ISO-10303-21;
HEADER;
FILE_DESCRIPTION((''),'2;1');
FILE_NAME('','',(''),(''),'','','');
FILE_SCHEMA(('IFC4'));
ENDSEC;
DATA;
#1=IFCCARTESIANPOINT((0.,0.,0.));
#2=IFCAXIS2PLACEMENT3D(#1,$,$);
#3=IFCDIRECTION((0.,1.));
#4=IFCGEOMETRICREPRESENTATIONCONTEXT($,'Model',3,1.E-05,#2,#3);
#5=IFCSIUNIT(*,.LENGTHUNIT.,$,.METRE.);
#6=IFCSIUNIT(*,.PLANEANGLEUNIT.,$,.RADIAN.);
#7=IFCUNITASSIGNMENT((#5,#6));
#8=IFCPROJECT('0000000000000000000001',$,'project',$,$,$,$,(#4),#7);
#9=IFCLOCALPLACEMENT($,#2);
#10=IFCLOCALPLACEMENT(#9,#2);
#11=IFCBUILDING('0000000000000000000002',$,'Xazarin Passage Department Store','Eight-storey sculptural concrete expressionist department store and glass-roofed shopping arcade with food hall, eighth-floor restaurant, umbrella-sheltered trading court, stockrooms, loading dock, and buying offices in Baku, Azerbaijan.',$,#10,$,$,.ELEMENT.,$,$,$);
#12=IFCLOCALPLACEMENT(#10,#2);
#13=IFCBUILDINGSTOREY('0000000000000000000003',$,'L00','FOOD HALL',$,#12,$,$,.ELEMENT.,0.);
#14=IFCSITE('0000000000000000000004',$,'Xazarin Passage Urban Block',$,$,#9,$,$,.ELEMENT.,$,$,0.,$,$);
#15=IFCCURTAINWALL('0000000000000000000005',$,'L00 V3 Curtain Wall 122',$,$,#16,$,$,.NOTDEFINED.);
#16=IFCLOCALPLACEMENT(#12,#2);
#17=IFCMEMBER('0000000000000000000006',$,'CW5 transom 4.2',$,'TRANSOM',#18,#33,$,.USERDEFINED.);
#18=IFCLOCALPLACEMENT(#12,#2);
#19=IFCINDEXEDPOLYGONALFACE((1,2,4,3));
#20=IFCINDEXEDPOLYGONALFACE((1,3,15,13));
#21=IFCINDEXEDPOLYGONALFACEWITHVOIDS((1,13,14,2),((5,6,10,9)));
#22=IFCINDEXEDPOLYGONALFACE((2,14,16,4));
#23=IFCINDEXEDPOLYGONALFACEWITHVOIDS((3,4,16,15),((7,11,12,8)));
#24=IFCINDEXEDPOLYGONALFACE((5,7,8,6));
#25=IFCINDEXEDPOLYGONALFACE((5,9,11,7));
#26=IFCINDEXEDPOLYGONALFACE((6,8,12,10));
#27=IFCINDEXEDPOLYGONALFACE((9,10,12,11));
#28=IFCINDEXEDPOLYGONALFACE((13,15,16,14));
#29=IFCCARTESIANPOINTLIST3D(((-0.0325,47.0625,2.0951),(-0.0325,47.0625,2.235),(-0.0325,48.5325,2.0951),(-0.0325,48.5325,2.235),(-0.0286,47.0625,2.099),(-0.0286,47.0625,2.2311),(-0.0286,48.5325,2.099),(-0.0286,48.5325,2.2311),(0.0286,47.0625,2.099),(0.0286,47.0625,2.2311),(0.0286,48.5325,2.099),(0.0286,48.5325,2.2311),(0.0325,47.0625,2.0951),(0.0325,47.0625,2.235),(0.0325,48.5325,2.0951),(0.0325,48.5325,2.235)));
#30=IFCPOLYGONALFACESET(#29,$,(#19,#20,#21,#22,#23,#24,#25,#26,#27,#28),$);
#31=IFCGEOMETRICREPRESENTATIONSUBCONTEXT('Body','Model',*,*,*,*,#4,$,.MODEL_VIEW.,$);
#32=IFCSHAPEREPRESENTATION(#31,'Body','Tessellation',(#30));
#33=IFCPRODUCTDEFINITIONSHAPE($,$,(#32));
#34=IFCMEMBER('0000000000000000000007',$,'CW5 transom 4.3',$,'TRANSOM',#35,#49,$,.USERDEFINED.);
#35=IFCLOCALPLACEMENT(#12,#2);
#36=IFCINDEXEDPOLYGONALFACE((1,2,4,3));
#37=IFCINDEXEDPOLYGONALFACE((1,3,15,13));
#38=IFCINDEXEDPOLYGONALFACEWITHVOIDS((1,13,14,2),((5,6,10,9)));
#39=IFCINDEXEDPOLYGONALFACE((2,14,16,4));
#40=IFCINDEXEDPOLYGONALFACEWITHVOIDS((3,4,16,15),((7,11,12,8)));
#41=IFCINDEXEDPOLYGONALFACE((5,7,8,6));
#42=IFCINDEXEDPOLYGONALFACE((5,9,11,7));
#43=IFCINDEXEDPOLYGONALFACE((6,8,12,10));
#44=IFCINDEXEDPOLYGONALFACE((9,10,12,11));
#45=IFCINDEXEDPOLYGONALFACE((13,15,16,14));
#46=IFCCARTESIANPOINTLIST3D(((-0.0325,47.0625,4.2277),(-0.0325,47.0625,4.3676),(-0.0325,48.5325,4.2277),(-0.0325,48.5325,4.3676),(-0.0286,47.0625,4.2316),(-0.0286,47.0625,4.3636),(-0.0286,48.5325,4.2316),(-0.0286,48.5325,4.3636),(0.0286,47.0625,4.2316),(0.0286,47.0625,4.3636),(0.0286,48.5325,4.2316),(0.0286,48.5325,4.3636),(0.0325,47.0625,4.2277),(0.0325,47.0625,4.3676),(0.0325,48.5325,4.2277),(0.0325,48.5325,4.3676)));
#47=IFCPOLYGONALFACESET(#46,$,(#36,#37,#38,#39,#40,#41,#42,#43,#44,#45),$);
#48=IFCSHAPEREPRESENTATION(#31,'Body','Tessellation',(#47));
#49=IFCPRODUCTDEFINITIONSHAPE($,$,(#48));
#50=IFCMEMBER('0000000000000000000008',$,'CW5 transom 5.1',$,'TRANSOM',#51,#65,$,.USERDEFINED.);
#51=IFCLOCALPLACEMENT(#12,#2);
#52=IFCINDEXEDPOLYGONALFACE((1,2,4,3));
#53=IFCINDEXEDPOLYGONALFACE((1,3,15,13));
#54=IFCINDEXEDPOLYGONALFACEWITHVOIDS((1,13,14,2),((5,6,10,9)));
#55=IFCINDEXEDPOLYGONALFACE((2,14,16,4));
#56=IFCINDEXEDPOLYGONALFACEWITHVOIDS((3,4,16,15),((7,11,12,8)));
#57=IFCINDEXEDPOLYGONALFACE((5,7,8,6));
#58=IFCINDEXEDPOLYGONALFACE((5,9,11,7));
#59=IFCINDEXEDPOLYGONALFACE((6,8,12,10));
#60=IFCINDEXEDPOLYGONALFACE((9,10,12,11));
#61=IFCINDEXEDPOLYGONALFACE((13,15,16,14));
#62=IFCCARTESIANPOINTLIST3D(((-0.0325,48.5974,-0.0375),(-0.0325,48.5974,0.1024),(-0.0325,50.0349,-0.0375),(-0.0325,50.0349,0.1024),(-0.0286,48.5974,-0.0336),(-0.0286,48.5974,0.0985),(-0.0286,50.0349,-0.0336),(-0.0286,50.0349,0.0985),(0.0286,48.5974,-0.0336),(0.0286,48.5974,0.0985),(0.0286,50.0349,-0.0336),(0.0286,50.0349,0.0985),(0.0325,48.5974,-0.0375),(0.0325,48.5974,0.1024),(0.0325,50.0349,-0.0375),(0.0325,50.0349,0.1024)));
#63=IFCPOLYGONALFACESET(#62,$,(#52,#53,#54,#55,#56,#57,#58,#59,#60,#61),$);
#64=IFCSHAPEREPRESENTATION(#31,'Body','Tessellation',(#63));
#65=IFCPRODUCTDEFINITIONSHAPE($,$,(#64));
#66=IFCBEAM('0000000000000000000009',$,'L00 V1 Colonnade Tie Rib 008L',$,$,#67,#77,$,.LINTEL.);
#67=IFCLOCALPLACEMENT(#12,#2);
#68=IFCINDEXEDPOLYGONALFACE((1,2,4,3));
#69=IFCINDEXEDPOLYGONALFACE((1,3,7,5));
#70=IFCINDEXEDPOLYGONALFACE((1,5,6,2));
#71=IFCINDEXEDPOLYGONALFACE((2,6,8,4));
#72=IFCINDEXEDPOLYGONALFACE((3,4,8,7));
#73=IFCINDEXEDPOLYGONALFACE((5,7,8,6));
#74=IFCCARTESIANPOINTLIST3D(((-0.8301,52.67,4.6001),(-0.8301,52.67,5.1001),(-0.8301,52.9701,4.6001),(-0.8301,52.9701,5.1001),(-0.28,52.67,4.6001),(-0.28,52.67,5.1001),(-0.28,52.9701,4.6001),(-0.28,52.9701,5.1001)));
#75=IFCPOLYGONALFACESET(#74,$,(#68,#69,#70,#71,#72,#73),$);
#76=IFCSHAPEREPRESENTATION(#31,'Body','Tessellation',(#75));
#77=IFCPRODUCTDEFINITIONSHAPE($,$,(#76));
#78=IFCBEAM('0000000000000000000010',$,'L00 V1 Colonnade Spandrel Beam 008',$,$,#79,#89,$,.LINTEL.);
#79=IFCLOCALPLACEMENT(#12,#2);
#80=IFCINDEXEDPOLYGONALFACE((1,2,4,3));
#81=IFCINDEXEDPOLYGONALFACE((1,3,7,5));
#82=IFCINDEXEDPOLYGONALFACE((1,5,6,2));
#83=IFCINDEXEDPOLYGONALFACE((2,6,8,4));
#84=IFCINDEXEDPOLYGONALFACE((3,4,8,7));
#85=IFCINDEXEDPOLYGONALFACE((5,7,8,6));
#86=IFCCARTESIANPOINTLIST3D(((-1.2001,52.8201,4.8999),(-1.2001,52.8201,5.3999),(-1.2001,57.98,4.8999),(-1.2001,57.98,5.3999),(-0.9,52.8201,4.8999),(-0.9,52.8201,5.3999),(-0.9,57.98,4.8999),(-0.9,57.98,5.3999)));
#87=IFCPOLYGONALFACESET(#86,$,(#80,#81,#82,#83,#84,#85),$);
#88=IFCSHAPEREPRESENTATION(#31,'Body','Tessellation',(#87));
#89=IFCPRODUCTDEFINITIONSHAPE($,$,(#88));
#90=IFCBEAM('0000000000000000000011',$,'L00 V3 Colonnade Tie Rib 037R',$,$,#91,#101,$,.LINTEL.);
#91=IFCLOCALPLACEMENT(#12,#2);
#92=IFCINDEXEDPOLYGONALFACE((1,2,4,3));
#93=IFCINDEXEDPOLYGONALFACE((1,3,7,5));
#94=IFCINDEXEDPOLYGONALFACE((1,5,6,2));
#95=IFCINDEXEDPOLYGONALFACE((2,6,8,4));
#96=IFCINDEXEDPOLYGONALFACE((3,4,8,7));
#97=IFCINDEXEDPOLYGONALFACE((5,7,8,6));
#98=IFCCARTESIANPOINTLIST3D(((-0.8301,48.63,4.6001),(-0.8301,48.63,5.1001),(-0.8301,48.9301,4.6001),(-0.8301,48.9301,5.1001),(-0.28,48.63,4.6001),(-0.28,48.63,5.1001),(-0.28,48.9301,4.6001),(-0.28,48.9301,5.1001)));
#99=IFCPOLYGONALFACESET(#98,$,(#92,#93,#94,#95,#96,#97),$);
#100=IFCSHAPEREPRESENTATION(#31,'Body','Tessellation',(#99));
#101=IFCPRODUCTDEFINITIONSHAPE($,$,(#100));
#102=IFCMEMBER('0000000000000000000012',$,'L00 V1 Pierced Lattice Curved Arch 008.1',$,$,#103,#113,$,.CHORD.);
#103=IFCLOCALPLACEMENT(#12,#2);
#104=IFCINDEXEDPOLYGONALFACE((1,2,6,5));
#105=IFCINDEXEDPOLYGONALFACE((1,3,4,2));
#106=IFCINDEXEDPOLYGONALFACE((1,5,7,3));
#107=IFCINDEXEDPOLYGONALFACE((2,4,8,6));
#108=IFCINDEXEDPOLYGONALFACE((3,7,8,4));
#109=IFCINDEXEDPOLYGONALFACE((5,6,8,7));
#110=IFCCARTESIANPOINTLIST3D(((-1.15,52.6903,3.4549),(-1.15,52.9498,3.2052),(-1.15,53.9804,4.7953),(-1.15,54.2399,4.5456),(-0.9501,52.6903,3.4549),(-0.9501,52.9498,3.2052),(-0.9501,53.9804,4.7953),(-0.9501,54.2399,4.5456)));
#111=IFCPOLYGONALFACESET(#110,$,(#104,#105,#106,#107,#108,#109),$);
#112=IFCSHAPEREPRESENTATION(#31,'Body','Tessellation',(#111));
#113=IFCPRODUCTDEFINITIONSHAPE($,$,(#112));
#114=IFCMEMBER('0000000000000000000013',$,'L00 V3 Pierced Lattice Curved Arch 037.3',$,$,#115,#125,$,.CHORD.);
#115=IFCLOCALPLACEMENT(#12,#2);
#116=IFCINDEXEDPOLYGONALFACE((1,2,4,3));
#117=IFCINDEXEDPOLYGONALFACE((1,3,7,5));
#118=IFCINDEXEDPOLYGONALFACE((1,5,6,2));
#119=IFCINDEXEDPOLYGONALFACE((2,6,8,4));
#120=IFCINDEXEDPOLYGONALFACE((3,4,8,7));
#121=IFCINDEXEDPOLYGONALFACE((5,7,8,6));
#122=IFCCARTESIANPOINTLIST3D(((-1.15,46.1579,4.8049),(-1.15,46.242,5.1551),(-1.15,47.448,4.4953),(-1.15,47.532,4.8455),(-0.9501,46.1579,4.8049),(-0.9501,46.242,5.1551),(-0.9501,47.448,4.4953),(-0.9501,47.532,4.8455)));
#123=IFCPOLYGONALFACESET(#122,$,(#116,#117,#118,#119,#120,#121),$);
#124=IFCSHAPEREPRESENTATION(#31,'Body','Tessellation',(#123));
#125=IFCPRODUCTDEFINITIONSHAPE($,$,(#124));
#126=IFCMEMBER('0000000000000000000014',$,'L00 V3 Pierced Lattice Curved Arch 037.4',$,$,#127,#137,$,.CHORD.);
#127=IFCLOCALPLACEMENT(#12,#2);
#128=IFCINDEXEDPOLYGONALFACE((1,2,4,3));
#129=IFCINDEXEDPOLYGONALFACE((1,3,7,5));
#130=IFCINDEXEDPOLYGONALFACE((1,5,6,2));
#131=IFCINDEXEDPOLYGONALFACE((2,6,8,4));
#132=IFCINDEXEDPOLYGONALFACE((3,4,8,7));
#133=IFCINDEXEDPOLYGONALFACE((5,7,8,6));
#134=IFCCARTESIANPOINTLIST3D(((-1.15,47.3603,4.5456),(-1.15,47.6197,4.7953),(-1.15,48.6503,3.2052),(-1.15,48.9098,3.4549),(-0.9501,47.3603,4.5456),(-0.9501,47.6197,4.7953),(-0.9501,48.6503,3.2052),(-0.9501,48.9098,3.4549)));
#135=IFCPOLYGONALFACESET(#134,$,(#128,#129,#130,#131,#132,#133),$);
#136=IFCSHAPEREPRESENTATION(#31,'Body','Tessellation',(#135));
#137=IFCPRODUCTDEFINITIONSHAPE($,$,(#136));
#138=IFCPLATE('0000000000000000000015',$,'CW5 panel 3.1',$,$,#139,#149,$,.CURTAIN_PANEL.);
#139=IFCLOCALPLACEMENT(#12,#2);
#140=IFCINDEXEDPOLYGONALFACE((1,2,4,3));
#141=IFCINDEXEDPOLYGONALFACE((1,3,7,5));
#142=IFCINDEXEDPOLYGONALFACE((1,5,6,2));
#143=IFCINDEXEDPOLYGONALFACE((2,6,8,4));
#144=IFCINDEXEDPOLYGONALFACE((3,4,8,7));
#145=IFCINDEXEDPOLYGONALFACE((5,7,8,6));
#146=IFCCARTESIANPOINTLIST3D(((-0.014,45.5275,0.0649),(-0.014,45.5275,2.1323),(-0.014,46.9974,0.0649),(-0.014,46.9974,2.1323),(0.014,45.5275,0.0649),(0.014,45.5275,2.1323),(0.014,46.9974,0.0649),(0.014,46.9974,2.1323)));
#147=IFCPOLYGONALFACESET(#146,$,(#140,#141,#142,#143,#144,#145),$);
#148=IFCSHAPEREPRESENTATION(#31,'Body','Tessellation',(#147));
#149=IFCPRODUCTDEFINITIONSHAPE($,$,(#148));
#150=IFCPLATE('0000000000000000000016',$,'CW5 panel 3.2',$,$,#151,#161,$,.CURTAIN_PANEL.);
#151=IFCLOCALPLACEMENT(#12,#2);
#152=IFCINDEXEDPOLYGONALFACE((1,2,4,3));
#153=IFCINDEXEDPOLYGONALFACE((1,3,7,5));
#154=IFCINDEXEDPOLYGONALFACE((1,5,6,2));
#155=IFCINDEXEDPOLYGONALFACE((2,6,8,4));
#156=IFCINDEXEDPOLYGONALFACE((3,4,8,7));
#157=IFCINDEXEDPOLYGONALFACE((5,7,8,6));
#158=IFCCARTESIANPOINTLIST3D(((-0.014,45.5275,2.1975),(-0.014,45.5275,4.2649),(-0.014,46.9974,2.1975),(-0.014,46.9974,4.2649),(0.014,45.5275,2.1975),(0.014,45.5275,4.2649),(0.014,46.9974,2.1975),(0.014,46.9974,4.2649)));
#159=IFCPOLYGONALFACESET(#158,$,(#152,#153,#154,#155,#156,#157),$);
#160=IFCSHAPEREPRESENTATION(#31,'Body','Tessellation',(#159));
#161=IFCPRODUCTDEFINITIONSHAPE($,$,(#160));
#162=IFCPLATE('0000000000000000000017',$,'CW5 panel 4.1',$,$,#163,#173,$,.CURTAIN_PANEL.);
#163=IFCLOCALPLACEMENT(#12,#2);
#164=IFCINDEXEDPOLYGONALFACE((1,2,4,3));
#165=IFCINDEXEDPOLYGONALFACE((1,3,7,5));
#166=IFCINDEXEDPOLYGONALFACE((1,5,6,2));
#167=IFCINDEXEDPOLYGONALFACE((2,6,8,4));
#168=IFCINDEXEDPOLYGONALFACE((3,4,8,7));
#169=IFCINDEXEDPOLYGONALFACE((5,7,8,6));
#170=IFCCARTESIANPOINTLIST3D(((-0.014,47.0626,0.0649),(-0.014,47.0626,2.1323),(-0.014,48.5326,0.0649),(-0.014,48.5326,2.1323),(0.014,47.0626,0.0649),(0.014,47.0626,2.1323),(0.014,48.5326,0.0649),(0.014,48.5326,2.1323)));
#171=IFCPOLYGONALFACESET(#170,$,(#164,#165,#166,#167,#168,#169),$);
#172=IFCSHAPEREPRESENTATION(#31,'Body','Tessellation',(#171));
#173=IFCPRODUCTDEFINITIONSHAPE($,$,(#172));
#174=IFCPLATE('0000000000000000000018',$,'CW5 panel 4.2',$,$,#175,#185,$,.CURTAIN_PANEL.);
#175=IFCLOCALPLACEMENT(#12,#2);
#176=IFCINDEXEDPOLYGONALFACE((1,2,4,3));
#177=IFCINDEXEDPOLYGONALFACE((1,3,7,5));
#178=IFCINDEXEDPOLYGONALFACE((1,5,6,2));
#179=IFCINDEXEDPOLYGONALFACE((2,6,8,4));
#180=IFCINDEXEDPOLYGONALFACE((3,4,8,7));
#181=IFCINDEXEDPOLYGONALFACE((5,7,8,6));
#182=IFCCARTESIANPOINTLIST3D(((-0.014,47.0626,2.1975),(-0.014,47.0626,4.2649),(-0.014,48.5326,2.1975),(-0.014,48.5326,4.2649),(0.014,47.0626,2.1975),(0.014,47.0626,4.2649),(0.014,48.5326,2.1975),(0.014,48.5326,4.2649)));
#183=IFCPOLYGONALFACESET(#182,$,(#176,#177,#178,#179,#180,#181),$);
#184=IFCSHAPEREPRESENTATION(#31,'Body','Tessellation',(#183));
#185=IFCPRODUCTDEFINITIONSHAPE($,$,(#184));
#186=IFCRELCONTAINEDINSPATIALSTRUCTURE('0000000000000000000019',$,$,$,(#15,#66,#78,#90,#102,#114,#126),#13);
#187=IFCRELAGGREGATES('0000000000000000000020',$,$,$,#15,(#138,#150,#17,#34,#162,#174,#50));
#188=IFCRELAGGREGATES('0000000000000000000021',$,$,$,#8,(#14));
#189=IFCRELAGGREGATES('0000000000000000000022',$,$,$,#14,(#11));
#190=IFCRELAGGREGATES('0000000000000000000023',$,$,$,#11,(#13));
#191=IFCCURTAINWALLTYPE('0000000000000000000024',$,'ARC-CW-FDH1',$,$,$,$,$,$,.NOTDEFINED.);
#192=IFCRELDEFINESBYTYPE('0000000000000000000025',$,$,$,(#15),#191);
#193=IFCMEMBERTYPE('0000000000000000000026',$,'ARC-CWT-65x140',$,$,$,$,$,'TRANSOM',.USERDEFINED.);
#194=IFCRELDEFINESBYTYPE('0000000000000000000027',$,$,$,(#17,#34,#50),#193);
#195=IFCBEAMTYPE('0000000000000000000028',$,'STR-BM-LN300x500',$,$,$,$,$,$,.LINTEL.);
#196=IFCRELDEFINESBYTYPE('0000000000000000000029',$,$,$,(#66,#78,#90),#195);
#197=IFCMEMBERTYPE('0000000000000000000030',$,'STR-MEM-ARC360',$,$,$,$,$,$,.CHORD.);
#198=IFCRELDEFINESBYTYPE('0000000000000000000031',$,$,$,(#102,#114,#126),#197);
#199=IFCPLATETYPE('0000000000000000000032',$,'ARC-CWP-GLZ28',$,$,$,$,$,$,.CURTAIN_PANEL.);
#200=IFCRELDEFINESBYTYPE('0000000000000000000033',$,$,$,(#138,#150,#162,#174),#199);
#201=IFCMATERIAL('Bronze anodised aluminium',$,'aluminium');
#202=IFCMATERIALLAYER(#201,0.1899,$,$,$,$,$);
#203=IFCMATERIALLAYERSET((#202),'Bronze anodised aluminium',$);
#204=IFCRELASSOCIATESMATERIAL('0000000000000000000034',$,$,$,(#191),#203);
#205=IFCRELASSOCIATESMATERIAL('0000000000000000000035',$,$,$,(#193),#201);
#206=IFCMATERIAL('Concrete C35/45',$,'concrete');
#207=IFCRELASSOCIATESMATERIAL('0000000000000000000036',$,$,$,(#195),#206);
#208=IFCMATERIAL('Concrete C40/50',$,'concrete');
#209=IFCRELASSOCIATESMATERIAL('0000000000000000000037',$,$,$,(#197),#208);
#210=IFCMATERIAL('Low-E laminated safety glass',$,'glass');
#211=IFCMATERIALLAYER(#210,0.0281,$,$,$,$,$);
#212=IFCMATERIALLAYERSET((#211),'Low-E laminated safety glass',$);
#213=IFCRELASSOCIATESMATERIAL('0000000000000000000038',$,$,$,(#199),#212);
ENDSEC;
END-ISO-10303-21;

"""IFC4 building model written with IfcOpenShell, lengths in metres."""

from ifc_helpers import new_model, si_unit, direction, frame, origin, origin_2d, place, context, subcontext, project, spatial, rectangle, hollow_rectangle, extrude, material, layer, layer_set, material_profile, profile_set, type_object, element, aggregate, save


model = new_model("IFC4")

# Units and contexts
model_context = context("Model", 3, precision=1e-05, world=origin(), true_north=direction((0.0, 1.0)))
body_context = subcontext(model_context, "Body", "Model", "MODEL_VIEW")
ifc_project = project(units=[si_unit("LENGTHUNIT", "METRE"), si_unit("PLANEANGLEUNIT", "RADIAN")], contexts=[model_context])

# Site, building, storey
site_placement = place(None, origin())
site = spatial("IfcSite", under=ifc_project, at=site_placement, Name="Xazarin Passage Urban Block", CompositionType="ELEMENT", RefElevation=0.0)
building_placement = place(site_placement, origin())
building = spatial("IfcBuilding", under=site, at=building_placement, Name="Xazarin Passage Department Store", Description="Eight-storey sculptural concrete expressionist department store and glass-roofed shopping arcade with food hall, eighth-floor restaurant, umbrella-sheltered trading court, stockrooms, loading dock, and buying offices in Baku, Azerbaijan.", CompositionType="ELEMENT")
storey_placement = place(building_placement, origin())
storey = spatial("IfcBuildingStorey", under=building, at=storey_placement, Name="L00", Description="FOOD HALL", CompositionType="ELEMENT", Elevation=0.0)

# Shared definitions
ifc_material_1 = material(Name="Concrete C35/45", Category="concrete")

# Shared definitions
ifc_material_2 = material(Name="Concrete C40/50", Category="concrete")

# Curtain wall, members
ifc_material_3 = material(Name="Bronze anodised aluminium", Category="aluminium")
ifc_layer_1 = layer(ifc_material_3, 0.1899)
ifc_layer_set_1 = layer_set([ifc_layer_1], Name="Bronze anodised aluminium")
curtain_wall_type = type_object("IfcCurtainWallType", Name="ARC-CW-FDH1", PredefinedType="NOTDEFINED", material=ifc_layer_set_1)
curtain_wall_placement = place(storey_placement, origin())
curtain_wall = element("IfcCurtainWall", 1, at=curtain_wall_placement, inside=storey, type_object=curtain_wall_type, Name="L00 V3 Curtain Wall 122", PredefinedType="NOTDEFINED")
ifc_material_profile_1 = material_profile(ifc_material_3, hollow_rectangle(XDim=0.0649, YDim=0.1399, WallThickness=0.0039, at=origin_2d()), Name="ALU 65x140")
ifc_profile_set_1 = profile_set([ifc_material_profile_1], Name="Bronze anodised aluminium")
member_type_1 = type_object("IfcMemberType", Name="ARC-CWT-65x140", ElementType="TRANSOM", PredefinedType="USERDEFINED", material=ifc_profile_set_1)
member_1_placement = place(storey_placement, frame((0.0, 47.0625, 2.165), z_axis=(0.0, 1.0, 0.0), x_axis=(-1.0, 0.0, 0.0)))
member_1 = element("IfcMember", 2, at=member_1_placement, type_object=member_type_1, Name="CW5 transom 4.2", ObjectType="TRANSOM", PredefinedType="USERDEFINED", context=body_context, shape_type="SweptSolid", body=[
    extrude(hollow_rectangle(XDim=0.0649, YDim=0.1399, WallThickness=0.0039, at=origin_2d()), origin(), (0.0, 0.0, 1.0), 1.47),
])
member_2_placement = place(storey_placement, frame((0.0, 47.0625, 4.2976), z_axis=(0.0, 1.0, 0.0), x_axis=(-1.0, 0.0, 0.0)))
member_2 = element("IfcMember", 3, at=member_2_placement, type_object=member_type_1, Name="CW5 transom 4.3", ObjectType="TRANSOM", PredefinedType="USERDEFINED", context=body_context, shape_type="SweptSolid", body=[
    extrude(hollow_rectangle(XDim=0.0649, YDim=0.1399, WallThickness=0.0039, at=origin_2d()), origin(), (0.0, 0.0, 1.0), 1.47),
])
member_3_placement = place(storey_placement, frame((0.0, 48.5974, 0.0325), z_axis=(0.0, 1.0, 0.0), x_axis=(-1.0, 0.0, 0.0)))
member_3 = element("IfcMember", 4, at=member_3_placement, type_object=member_type_1, Name="CW5 transom 5.1", ObjectType="TRANSOM", PredefinedType="USERDEFINED", context=body_context, shape_type="SweptSolid", body=[
    extrude(hollow_rectangle(XDim=0.0649, YDim=0.1399, WallThickness=0.0039, at=origin_2d()), origin(), (0.0, 0.0, 1.0), 1.4375),
])

# Beams
ifc_material_profile_2 = material_profile(ifc_material_1, rectangle(XDim=0.3, YDim=0.5, at=origin_2d()), Name="RC 300x500")
ifc_profile_set_2 = profile_set([ifc_material_profile_2], Name="Concrete C35/45")
beam_type = type_object("IfcBeamType", Name="STR-BM-LN300x500", PredefinedType="LINTEL", material=ifc_profile_set_2)
beam_1_placement = place(storey_placement, frame((-0.28, 52.8201, 4.8501), z_axis=(-1.0, 0.0, 0.0), x_axis=(0.0, -1.0, 0.0)))
element("IfcBeam", 5, at=beam_1_placement, inside=storey, type_object=beam_type, Name="L00 V1 Colonnade Tie Rib 008L", PredefinedType="LINTEL", context=body_context, shape_type="SweptSolid", body=[
    extrude(rectangle(XDim=0.3, YDim=0.5, at=origin_2d()), origin(), (0.0, 0.0, 1.0), 0.55),
])
beam_2_placement = place(storey_placement, frame((-1.05, 52.8201, 5.1499), z_axis=(0.0, 1.0, 0.0), x_axis=(-1.0, 0.0, 0.0)))
element("IfcBeam", 6, at=beam_2_placement, inside=storey, type_object=beam_type, Name="L00 V1 Colonnade Spandrel Beam 008", PredefinedType="LINTEL", context=body_context, shape_type="SweptSolid", body=[
    extrude(rectangle(XDim=0.3, YDim=0.5, at=origin_2d()), origin(), (0.0, 0.0, 1.0), 5.1599),
])
beam_3_placement = place(storey_placement, frame((-0.28, 48.78, 4.8501), z_axis=(-1.0, 0.0, 0.0), x_axis=(0.0, -1.0, 0.0)))
element("IfcBeam", 7, at=beam_3_placement, inside=storey, type_object=beam_type, Name="L00 V3 Colonnade Tie Rib 037R", PredefinedType="LINTEL", context=body_context, shape_type="SweptSolid", body=[
    extrude(rectangle(XDim=0.3, YDim=0.5, at=origin_2d()), origin(), (0.0, 0.0, 1.0), 0.55),
])

# Members
ifc_material_profile_3 = material_profile(ifc_material_2, rectangle(XDim=0.2, YDim=0.3601, at=origin_2d()), Name="RC 200x360")
ifc_profile_set_3 = profile_set([ifc_material_profile_3], Name="Concrete C40/50")
member_type_2 = type_object("IfcMemberType", Name="STR-MEM-ARC360", PredefinedType="CHORD", material=ifc_profile_set_3)
member_4_placement = place(storey_placement, frame((-1.05, 52.8201, 3.3301), z_axis=(0.0, 0.69346, 0.720495), x_axis=(-1.0, 0.0, 0.0)))
element("IfcMember", 8, at=member_4_placement, inside=storey, type_object=member_type_2, Name="L00 V1 Pierced Lattice Curved Arch 008.1", PredefinedType="CHORD", context=body_context, shape_type="SweptSolid", body=[
    extrude(rectangle(XDim=0.2, YDim=0.3601, at=origin_2d()), origin(), (0.0, 0.0, 1.0), 1.8604),
])
member_5_placement = place(storey_placement, frame((-1.05, 46.2, 4.98), z_axis=(0.0, 0.972394, -0.233345), x_axis=(-1.0, 0.0, 0.0)))
element("IfcMember", 9, at=member_5_placement, inside=storey, type_object=member_type_2, Name="L00 V3 Pierced Lattice Curved Arch 037.3", PredefinedType="CHORD", context=body_context, shape_type="SweptSolid", body=[
    extrude(rectangle(XDim=0.2, YDim=0.3601, at=origin_2d()), origin(), (0.0, 0.0, 1.0), 1.3267),
])
member_6_placement = place(storey_placement, frame((-1.05, 47.49, 4.6704), z_axis=(0.0, 0.69346, -0.720495), x_axis=(-1.0, 0.0, 0.0)))
element("IfcMember", 10, at=member_6_placement, inside=storey, type_object=member_type_2, Name="L00 V3 Pierced Lattice Curved Arch 037.4", PredefinedType="CHORD", context=body_context, shape_type="SweptSolid", body=[
    extrude(rectangle(XDim=0.2, YDim=0.3601, at=origin_2d()), origin(), (0.0, 0.0, 1.0), 1.8604),
])

# Plates
ifc_material_4 = material(Name="Low-E laminated safety glass", Category="glass")
ifc_layer_2 = layer(ifc_material_4, 0.0281)
ifc_layer_set_2 = layer_set([ifc_layer_2], Name="Low-E laminated safety glass")
plate_type_1 = type_object("IfcPlateType", Name="ARC-CWP-GLZ28", PredefinedType="CURTAIN_PANEL", material=ifc_layer_set_2)
plate_1_placement = place(storey_placement, frame((0.0, 46.2625, 0.0649), z_axis=(0.0, 0.0, 1.0), x_axis=(0.0, 1.0, 0.0)))
plate_1 = element("IfcPlate", 11, at=plate_1_placement, type_object=plate_type_1, Name="CW5 panel 3.1", PredefinedType="CURTAIN_PANEL", context=body_context, shape_type="SweptSolid", body=[
    extrude(rectangle(XDim=1.47, YDim=0.0281, at=origin_2d()), origin(), (0.0, 0.0, 1.0), 2.0674),
])
plate_2_placement = place(storey_placement, frame((0.0, 46.2625, 2.1975), z_axis=(0.0, 0.0, 1.0), x_axis=(0.0, 1.0, 0.0)))
plate_2 = element("IfcPlate", 12, at=plate_2_placement, type_object=plate_type_1, Name="CW5 panel 3.2", PredefinedType="CURTAIN_PANEL", context=body_context, shape_type="SweptSolid", body=[
    extrude(rectangle(XDim=1.47, YDim=0.0281, at=origin_2d()), origin(), (0.0, 0.0, 1.0), 2.0674),
])
plate_3_placement = place(storey_placement, frame((0.0, 47.7976, 0.0649), z_axis=(0.0, 0.0, 1.0), x_axis=(0.0, 1.0, 0.0)))
plate_3 = element("IfcPlate", 13, at=plate_3_placement, type_object=plate_type_1, Name="CW5 panel 4.1", PredefinedType="CURTAIN_PANEL", context=body_context, shape_type="SweptSolid", body=[
    extrude(rectangle(XDim=1.47, YDim=0.0281, at=origin_2d()), origin(), (0.0, 0.0, 1.0), 2.0674),
])
plate_4_placement = place(storey_placement, frame((0.0, 47.7976, 2.1975), z_axis=(0.0, 0.0, 1.0), x_axis=(0.0, 1.0, 0.0)))
plate_4 = element("IfcPlate", 14, at=plate_4_placement, type_object=plate_type_1, Name="CW5 panel 4.2", PredefinedType="CURTAIN_PANEL", context=body_context, shape_type="SweptSolid", body=[
    extrude(rectangle(XDim=1.47, YDim=0.0281, at=origin_2d()), origin(), (0.0, 0.0, 1.0), 2.0674),
])
aggregate(curtain_wall, [plate_1, plate_2, member_1, member_2, plate_3, plate_4, member_3])

save(model, "model.ifc")
